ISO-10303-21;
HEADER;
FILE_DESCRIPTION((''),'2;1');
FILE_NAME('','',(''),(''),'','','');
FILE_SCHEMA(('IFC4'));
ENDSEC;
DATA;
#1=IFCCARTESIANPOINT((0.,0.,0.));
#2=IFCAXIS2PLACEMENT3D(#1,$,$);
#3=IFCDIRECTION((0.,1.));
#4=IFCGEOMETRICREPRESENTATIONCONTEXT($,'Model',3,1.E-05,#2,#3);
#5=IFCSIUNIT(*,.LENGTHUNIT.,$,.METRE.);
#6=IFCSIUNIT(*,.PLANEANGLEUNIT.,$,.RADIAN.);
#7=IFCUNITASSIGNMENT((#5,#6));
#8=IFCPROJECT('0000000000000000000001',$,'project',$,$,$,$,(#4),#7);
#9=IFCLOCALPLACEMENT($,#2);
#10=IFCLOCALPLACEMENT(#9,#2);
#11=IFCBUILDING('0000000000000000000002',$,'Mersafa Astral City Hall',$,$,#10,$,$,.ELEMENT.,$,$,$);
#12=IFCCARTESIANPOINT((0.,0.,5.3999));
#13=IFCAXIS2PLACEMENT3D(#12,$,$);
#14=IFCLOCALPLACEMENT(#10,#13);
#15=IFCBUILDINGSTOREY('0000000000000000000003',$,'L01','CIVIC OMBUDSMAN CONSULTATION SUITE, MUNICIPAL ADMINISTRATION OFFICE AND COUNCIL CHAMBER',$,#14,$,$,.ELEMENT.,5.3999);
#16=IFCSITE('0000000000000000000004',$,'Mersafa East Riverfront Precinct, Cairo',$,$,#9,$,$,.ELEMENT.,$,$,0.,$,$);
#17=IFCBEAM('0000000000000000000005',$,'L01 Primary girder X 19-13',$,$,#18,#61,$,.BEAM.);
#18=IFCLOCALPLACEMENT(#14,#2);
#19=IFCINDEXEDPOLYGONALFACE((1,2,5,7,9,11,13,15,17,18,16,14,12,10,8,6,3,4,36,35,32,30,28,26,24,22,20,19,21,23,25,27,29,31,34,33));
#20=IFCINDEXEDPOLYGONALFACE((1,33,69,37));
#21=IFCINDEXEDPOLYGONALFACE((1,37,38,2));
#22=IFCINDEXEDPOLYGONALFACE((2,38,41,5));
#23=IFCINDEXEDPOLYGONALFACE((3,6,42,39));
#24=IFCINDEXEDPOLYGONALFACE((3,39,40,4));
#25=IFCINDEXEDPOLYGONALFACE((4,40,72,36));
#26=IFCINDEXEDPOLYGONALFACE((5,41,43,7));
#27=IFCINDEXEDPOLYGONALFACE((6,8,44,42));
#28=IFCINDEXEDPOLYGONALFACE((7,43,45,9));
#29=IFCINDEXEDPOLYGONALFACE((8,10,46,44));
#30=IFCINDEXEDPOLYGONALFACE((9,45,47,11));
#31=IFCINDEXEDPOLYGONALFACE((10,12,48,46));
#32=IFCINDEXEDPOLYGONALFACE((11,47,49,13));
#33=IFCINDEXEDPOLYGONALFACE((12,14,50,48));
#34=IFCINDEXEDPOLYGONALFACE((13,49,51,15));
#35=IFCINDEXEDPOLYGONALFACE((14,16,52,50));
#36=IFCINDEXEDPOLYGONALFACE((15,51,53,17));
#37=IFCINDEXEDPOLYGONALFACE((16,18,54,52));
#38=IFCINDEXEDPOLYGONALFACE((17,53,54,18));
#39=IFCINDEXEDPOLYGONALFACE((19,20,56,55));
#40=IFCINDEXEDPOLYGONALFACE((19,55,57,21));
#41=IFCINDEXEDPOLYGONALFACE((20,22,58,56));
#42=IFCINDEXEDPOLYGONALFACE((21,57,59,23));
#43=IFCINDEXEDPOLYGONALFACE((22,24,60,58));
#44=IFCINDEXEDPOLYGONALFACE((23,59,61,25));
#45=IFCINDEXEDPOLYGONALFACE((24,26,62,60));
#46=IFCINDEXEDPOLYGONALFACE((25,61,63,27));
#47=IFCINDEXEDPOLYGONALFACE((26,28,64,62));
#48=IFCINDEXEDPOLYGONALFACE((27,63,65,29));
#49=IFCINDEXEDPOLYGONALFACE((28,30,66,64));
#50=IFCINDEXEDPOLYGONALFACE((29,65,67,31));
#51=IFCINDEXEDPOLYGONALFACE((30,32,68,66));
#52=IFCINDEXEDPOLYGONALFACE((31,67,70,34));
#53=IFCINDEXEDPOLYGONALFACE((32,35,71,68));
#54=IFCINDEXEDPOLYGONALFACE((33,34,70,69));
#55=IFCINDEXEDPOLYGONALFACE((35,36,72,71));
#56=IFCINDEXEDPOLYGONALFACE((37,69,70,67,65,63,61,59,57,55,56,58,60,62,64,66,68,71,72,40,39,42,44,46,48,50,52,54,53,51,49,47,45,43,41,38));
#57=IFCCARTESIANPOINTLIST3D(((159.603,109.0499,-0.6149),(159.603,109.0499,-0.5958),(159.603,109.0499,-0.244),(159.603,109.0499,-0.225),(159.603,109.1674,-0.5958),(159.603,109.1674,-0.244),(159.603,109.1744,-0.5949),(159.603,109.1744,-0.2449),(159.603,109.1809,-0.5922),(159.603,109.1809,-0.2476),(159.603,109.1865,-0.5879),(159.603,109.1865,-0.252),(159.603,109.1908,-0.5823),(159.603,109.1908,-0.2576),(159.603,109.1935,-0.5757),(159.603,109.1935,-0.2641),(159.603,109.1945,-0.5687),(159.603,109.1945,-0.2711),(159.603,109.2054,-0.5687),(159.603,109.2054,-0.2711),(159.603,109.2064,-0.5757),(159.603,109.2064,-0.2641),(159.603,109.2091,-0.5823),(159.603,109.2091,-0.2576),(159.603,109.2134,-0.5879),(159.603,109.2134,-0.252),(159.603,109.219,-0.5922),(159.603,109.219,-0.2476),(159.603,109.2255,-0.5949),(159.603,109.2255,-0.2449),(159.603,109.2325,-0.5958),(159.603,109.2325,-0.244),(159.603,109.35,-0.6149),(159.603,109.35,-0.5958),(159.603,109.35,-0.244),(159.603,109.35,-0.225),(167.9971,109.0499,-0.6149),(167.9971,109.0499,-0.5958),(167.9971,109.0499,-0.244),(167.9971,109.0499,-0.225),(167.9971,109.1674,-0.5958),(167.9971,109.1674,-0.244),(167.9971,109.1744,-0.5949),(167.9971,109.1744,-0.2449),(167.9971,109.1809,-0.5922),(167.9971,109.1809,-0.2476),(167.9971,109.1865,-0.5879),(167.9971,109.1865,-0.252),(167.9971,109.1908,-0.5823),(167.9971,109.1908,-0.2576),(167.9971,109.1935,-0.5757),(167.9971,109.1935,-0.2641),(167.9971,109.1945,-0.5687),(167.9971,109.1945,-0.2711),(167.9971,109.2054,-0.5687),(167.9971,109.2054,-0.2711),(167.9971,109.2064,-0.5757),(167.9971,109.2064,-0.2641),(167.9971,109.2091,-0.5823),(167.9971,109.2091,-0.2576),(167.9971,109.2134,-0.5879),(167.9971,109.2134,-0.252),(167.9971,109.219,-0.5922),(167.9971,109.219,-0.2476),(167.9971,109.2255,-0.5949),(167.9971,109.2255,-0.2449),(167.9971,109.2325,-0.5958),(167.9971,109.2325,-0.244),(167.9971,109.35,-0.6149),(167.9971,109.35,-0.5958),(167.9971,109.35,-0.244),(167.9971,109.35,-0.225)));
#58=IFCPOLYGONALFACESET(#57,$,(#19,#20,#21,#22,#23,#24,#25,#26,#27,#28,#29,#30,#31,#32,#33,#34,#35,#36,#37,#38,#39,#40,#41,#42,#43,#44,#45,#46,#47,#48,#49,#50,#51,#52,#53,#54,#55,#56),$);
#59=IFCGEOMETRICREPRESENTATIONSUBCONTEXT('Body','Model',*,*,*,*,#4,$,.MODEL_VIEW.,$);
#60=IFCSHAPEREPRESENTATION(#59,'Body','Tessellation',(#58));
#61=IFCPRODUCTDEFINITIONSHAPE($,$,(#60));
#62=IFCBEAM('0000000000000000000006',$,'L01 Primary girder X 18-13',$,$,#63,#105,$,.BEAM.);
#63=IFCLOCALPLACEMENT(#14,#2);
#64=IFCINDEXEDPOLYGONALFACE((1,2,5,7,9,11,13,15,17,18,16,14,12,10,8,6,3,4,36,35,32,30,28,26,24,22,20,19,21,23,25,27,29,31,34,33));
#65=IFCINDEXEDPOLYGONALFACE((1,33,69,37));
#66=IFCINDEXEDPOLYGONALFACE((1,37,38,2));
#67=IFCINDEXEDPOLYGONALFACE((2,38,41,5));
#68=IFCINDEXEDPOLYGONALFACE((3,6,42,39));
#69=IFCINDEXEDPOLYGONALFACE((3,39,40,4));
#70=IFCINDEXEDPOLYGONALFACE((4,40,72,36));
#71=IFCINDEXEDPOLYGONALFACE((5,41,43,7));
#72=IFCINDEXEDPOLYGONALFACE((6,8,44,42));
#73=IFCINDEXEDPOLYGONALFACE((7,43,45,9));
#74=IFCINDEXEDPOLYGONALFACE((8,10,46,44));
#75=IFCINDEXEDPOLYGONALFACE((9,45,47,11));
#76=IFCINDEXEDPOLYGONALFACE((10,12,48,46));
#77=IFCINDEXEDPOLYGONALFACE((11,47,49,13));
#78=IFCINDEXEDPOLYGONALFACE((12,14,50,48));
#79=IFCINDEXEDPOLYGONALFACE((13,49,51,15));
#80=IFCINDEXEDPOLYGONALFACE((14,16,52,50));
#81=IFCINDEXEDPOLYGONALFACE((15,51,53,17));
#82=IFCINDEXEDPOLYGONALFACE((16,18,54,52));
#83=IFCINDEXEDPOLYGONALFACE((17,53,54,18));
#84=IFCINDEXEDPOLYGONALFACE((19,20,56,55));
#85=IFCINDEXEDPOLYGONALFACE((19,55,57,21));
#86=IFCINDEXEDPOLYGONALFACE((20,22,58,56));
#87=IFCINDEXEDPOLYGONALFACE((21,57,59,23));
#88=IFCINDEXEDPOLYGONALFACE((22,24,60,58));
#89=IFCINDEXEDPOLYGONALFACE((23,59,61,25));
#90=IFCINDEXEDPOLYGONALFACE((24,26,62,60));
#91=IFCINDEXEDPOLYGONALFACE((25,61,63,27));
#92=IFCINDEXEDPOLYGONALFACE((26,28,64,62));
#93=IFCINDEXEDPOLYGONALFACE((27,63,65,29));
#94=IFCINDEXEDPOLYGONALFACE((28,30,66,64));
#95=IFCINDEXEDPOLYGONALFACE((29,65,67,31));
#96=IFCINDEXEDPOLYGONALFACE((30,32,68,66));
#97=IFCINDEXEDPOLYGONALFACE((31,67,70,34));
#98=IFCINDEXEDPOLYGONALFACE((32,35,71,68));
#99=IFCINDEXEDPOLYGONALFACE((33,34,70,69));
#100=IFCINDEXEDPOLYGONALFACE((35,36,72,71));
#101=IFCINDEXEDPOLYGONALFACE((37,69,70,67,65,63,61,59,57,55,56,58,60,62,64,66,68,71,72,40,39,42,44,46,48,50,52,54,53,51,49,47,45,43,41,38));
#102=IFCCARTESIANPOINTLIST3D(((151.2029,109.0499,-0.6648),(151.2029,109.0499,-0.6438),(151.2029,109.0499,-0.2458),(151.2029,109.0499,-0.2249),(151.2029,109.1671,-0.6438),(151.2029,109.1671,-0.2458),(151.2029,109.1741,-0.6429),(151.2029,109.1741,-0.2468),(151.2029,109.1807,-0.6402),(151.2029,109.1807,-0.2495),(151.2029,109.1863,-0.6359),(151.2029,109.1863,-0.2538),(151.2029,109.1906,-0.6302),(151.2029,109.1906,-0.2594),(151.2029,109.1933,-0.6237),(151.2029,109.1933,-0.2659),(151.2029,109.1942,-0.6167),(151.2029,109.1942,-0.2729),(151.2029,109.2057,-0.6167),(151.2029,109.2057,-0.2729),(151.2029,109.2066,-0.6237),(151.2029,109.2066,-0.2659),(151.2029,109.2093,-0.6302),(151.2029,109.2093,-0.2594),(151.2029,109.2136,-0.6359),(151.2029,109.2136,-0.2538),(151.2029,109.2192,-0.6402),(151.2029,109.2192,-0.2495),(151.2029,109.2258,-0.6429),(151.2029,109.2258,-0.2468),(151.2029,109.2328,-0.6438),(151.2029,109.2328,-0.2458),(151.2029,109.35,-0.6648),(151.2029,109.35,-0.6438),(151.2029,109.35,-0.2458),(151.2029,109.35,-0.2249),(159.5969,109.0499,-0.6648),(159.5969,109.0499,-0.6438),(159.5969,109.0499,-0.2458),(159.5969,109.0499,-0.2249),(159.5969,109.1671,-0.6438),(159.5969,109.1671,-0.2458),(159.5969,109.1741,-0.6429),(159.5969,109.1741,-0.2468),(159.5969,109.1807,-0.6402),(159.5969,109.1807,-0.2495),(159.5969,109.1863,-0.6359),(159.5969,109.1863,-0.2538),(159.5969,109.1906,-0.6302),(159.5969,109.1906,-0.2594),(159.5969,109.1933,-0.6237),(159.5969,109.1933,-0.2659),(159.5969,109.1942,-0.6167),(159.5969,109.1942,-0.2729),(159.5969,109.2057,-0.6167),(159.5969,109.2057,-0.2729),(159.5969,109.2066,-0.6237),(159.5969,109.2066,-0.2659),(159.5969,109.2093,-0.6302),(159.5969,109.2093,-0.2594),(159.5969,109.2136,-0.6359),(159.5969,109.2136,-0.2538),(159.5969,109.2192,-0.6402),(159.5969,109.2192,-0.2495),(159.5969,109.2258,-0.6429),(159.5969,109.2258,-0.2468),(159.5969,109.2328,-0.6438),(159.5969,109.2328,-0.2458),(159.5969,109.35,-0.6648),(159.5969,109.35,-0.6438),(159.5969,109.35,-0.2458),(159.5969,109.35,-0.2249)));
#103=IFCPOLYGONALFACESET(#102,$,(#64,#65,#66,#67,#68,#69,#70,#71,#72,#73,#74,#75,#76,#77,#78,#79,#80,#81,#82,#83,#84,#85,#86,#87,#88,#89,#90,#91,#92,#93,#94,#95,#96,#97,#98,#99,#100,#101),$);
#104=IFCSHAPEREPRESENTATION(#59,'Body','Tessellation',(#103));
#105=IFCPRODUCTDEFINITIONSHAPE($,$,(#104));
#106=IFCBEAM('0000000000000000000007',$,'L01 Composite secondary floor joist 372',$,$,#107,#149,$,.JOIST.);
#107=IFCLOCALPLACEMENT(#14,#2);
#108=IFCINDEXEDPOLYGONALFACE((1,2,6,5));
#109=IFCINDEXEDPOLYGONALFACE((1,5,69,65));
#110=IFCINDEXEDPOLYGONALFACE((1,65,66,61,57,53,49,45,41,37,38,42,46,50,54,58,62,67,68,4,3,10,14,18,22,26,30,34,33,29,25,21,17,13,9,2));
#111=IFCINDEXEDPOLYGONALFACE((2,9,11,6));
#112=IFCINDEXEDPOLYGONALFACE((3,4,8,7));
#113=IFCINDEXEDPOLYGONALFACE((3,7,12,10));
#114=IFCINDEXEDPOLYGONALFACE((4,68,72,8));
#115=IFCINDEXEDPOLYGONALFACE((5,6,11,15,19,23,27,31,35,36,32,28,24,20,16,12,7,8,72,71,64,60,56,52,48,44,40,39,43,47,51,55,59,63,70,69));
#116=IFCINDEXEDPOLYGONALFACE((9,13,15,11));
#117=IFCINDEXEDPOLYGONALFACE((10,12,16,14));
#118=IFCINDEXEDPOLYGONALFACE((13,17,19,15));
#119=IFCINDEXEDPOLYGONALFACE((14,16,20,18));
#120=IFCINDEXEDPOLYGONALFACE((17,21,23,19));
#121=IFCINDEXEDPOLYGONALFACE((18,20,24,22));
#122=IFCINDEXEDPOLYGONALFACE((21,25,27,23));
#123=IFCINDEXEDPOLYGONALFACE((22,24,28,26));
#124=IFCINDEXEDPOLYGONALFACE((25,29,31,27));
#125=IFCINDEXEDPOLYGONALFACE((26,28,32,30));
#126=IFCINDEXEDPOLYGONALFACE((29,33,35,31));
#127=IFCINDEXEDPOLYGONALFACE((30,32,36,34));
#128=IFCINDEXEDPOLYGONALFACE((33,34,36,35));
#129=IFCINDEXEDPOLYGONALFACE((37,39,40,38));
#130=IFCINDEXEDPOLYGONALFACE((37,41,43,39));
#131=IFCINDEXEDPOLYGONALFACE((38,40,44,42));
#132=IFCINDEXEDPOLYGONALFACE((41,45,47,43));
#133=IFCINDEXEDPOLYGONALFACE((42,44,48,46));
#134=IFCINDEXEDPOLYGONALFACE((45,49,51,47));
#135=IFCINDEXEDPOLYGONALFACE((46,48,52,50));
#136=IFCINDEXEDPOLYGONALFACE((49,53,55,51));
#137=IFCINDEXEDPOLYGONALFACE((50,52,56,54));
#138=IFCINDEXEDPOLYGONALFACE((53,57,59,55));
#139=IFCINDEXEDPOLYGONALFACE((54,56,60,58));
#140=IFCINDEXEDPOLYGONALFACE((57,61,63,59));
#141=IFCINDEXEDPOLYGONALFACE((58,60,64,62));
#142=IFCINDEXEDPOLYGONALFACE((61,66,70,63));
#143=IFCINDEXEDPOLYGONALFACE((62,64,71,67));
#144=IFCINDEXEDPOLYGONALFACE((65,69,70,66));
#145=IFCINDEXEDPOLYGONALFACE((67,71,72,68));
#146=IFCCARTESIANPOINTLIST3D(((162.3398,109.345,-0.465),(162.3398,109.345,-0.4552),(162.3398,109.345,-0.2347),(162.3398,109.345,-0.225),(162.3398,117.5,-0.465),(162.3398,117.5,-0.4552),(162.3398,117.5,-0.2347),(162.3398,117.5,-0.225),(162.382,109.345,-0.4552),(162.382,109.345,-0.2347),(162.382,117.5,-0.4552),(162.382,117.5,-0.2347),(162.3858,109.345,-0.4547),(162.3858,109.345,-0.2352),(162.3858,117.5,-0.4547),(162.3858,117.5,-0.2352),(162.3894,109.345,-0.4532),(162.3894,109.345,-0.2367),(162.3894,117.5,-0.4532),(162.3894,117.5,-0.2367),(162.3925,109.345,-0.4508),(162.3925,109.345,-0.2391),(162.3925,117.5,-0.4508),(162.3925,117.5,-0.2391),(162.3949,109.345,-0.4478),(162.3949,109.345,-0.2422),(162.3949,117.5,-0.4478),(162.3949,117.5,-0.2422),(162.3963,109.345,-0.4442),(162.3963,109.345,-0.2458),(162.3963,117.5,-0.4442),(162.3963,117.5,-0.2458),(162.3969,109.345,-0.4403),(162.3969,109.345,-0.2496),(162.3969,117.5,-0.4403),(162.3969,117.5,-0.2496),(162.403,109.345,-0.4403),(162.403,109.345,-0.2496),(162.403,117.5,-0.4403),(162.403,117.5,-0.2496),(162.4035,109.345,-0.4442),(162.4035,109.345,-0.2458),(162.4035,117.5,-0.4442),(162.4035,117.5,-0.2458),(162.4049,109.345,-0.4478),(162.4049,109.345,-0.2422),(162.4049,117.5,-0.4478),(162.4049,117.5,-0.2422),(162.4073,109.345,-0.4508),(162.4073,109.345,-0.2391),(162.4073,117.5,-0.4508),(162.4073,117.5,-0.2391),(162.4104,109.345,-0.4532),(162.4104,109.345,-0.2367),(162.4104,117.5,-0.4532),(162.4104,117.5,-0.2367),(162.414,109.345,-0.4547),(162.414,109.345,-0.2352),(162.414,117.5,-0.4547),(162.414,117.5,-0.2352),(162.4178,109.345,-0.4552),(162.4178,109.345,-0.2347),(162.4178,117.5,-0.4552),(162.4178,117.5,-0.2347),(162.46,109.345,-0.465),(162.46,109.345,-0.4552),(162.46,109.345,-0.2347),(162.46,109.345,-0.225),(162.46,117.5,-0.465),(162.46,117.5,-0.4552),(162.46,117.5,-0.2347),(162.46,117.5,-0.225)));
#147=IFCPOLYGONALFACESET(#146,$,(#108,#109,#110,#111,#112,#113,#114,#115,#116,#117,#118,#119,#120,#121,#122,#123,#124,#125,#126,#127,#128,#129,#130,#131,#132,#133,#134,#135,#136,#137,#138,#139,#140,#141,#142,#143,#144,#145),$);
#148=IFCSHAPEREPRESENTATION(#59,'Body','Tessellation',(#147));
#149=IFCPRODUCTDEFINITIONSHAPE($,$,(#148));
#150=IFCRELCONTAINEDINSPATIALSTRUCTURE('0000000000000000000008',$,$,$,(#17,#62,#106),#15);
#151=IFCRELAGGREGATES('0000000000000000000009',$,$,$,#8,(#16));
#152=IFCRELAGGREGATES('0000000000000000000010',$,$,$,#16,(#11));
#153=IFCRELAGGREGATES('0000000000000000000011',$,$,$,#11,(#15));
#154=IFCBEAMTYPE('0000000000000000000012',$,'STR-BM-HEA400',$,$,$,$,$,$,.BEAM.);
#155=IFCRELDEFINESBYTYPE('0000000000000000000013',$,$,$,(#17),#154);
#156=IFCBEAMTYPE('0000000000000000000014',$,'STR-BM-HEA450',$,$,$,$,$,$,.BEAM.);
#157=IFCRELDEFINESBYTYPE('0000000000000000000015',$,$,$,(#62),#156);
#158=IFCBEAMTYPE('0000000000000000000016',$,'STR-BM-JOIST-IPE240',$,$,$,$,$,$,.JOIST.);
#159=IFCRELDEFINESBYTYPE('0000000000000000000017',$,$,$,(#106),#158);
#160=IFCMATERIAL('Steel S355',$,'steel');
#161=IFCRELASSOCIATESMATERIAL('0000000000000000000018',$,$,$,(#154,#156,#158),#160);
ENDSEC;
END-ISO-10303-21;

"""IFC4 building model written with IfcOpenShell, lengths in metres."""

from ifc_helpers import new_model, si_unit, direction, frame, origin, origin_2d, place, context, subcontext, project, spatial, i_section, extrude, material, material_profile, profile_set, type_object, element, save


model = new_model("IFC4")

# Units and contexts
model_context = context("Model", 3, precision=1e-05, world=origin(), true_north=direction((0.0, 1.0)))
body_context = subcontext(model_context, "Body", "Model", "MODEL_VIEW")
ifc_project = project(units=[si_unit("LENGTHUNIT", "METRE"), si_unit("PLANEANGLEUNIT", "RADIAN")], contexts=[model_context])

# Site, building, storey
site_placement = place(None, origin())
site = spatial("IfcSite", under=ifc_project, at=site_placement, Name="Mersafa East Riverfront Precinct, Cairo", CompositionType="ELEMENT", RefElevation=0.0)
building_placement = place(site_placement, origin())
building = spatial("IfcBuilding", under=site, at=building_placement, Name="Mersafa Astral City Hall", CompositionType="ELEMENT")
storey_placement = place(building_placement, frame((0.0, 0.0, 5.3999)))
storey = spatial("IfcBuildingStorey", under=building, at=storey_placement, Name="L01", Description="CIVIC OMBUDSMAN CONSULTATION SUITE, MUNICIPAL ADMINISTRATION OFFICE AND COUNCIL CHAMBER", CompositionType="ELEMENT", Elevation=5.3999)

# Shared definitions
ifc_material_1 = material(Name="Steel S355", Category="steel")

# Beams
ifc_material_profile_1 = material_profile(ifc_material_1, i_section(OverallWidth=0.3, OverallDepth=0.3899, WebThickness=0.011, FlangeThickness=0.019, FilletRadius=0.0271, at=origin_2d()), Name="HEA 400")
ifc_profile_set_1 = profile_set([ifc_material_profile_1], Name="Steel S355")
beam_type_1 = type_object("IfcBeamType", Name="STR-BM-HEA400", PredefinedType="BEAM", material=ifc_profile_set_1)
beam_1_placement = place(storey_placement, frame((159.603, 109.2, -0.4199), z_axis=(1.0, 0.0, 0.0), x_axis=(0.0, 1.0, 0.0)))
element("IfcBeam", 1, at=beam_1_placement, inside=storey, type_object=beam_type_1, Name="L01 Primary girder X 19-13", PredefinedType="BEAM", context=body_context, shape_type="SweptSolid", body=[
    extrude(i_section(OverallWidth=0.3, OverallDepth=0.3899, WebThickness=0.011, FlangeThickness=0.019, FilletRadius=0.0271, at=origin_2d()), origin(), (0.0, 0.0, 1.0), 8.394),
])
ifc_material_profile_2 = material_profile(ifc_material_1, i_section(OverallWidth=0.3, OverallDepth=0.4399, WebThickness=0.0115, FlangeThickness=0.021, FilletRadius=0.0271, at=origin_2d()), Name="HEA 450")
ifc_profile_set_2 = profile_set([ifc_material_profile_2], Name="Steel S355")
beam_type_2 = type_object("IfcBeamType", Name="STR-BM-HEA450", PredefinedType="BEAM", material=ifc_profile_set_2)
beam_2_placement = place(storey_placement, frame((151.2029, 109.2, -0.4448), z_axis=(1.0, 0.0, 0.0), x_axis=(0.0, 1.0, 0.0)))
element("IfcBeam", 2, at=beam_2_placement, inside=storey, type_object=beam_type_2, Name="L01 Primary girder X 18-13", PredefinedType="BEAM", context=body_context, shape_type="SweptSolid", body=[
    extrude(i_section(OverallWidth=0.3, OverallDepth=0.4399, WebThickness=0.0115, FlangeThickness=0.021, FilletRadius=0.0271, at=origin_2d()), origin(), (0.0, 0.0, 1.0), 8.394),
])
ifc_material_profile_3 = material_profile(ifc_material_1, i_section(OverallWidth=0.1201, OverallDepth=0.24, WebThickness=0.0061, FlangeThickness=0.0098, FilletRadius=0.0149, at=origin_2d()), Name="IPE 240")
ifc_profile_set_3 = profile_set([ifc_material_profile_3], Name="Steel S355")
beam_type_3 = type_object("IfcBeamType", Name="STR-BM-JOIST-IPE240", PredefinedType="JOIST", material=ifc_profile_set_3)
beam_3_placement = place(storey_placement, frame((162.3999, 109.345, -0.345), z_axis=(0.0, 1.0, 0.0), x_axis=(-1.0, 0.0, 0.0)))
element("IfcBeam", 3, at=beam_3_placement, inside=storey, type_object=beam_type_3, Name="L01 Composite secondary floor joist 372", PredefinedType="JOIST", context=body_context, shape_type="SweptSolid", body=[
    extrude(i_section(OverallWidth=0.1201, OverallDepth=0.24, WebThickness=0.0061, FlangeThickness=0.0098, FilletRadius=0.0149, at=origin_2d()), origin(), (0.0, 0.0, 1.0), 8.155),
])

save(model, "model.ifc")
